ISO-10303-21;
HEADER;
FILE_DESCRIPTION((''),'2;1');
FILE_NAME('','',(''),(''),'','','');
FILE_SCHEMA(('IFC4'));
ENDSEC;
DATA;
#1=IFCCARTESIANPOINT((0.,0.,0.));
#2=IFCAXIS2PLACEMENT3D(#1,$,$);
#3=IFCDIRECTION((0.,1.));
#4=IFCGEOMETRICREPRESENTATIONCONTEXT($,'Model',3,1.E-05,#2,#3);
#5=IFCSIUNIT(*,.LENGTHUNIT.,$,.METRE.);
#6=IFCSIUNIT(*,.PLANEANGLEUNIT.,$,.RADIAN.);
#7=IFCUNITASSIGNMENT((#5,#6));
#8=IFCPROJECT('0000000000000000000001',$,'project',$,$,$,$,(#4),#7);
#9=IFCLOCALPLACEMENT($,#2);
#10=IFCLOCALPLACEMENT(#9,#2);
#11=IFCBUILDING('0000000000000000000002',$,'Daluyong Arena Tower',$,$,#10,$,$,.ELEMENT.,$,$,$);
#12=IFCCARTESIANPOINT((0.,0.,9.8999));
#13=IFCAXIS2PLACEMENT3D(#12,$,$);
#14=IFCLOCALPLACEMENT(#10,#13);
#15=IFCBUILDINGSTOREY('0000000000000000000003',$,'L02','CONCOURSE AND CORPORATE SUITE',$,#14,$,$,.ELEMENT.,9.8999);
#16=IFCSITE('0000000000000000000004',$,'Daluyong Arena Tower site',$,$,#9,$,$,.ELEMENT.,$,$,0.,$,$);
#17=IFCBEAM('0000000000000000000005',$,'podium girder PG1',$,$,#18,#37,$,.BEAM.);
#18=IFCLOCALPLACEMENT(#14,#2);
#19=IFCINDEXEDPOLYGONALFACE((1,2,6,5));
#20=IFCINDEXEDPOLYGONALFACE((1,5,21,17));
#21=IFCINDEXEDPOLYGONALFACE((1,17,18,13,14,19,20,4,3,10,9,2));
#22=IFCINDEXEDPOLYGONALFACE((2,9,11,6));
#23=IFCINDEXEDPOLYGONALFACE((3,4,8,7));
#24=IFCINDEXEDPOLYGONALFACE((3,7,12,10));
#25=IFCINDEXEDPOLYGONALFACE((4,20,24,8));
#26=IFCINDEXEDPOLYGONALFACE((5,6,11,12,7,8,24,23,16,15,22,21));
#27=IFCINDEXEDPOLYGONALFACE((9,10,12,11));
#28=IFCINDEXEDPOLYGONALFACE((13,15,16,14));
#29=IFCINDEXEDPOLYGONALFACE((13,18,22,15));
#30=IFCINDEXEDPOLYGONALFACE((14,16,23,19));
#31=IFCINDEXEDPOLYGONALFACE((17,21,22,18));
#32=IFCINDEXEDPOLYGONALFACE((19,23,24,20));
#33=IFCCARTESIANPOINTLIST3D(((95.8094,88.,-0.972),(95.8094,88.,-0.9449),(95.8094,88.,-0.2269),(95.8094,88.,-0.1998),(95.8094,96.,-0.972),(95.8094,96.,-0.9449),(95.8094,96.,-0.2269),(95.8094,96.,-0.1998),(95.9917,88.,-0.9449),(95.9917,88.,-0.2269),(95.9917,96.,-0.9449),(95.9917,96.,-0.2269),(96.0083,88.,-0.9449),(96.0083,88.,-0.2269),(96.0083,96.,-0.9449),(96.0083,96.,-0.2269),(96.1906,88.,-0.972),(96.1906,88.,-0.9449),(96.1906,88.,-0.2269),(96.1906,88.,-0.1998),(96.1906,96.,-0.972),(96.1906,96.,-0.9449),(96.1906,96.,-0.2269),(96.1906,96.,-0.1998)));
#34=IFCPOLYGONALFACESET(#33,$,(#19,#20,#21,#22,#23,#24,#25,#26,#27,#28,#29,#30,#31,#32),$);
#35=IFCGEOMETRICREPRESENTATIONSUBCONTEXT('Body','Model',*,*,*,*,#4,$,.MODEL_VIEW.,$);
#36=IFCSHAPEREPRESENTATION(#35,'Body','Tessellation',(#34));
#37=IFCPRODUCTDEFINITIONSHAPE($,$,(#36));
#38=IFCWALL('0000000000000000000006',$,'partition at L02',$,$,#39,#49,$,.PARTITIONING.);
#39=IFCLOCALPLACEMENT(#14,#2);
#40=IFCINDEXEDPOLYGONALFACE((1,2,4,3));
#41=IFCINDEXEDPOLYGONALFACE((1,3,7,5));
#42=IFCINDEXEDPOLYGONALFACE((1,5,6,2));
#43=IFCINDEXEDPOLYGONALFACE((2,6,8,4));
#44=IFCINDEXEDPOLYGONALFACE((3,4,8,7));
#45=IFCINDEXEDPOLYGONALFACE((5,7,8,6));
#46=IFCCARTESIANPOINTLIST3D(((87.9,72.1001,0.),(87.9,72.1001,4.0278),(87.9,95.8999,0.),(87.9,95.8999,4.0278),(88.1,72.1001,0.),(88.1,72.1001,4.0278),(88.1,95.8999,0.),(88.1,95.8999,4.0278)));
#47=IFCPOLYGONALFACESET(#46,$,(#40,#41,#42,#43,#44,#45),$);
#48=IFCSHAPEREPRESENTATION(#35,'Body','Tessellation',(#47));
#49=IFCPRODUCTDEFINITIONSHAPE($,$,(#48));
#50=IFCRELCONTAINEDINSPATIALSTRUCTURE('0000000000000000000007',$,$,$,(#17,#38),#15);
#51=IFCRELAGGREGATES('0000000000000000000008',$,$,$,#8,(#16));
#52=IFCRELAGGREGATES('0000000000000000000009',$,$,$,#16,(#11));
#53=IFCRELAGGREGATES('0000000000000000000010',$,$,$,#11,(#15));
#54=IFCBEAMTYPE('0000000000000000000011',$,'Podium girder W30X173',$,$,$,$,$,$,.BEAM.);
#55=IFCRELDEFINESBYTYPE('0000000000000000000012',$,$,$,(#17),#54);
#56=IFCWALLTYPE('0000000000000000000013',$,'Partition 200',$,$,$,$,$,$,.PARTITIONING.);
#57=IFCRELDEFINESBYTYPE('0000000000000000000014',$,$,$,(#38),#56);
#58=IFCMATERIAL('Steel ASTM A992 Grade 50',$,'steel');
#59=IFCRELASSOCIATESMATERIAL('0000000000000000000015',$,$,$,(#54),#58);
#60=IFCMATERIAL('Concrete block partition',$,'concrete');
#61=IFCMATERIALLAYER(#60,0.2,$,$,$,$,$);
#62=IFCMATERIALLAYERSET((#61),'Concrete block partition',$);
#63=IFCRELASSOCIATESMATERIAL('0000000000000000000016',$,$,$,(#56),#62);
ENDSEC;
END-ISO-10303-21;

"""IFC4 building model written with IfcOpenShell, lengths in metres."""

from ifc_helpers import new_model, si_unit, direction, frame, frame_2d, origin, origin_2d, place, context, subcontext, project, spatial, rectangle, i_section, extrude, material, layer, layer_set, material_profile, profile_set, type_object, element, save


model = new_model("IFC4")

# Units and contexts
model_context = context("Model", 3, precision=1e-05, world=origin(), true_north=direction((0.0, 1.0)))
body_context = subcontext(model_context, "Body", "Model", "MODEL_VIEW")
ifc_project = project(units=[si_unit("LENGTHUNIT", "METRE"), si_unit("PLANEANGLEUNIT", "RADIAN")], contexts=[model_context])

# Site, building, storey
site_placement = place(None, origin())
site = spatial("IfcSite", under=ifc_project, at=site_placement, Name="Daluyong Arena Tower site", CompositionType="ELEMENT", RefElevation=0.0)
building_placement = place(site_placement, origin())
building = spatial("IfcBuilding", under=site, at=building_placement, Name="Daluyong Arena Tower", CompositionType="ELEMENT")
storey_placement = place(building_placement, frame((0.0, 0.0, 9.8999)))
storey = spatial("IfcBuildingStorey", under=building, at=storey_placement, Name="L02", Description="CONCOURSE AND CORPORATE SUITE", CompositionType="ELEMENT", Elevation=9.8999)

# Beam
ifc_material_1 = material(Name="Steel ASTM A992 Grade 50", Category="steel")
ifc_material_profile_1 = material_profile(ifc_material_1, i_section(OverallWidth=0.3811, OverallDepth=0.7722, WebThickness=0.0166, FlangeThickness=0.0271, at=origin_2d()))
ifc_profile_set_1 = profile_set([ifc_material_profile_1], Name="Steel ASTM A992 Grade 50")
beam_type_1 = type_object("IfcBeamType", Name="Podium girder W30X173", PredefinedType="BEAM", material=ifc_profile_set_1)
for number, where, z_axis, x_axis, name in (
    (1, (96.0, 88.0, -0.5859), (0.0, 1.0, 0.0), (-1.0, 0.0, 0.0), "podium girder PG1"),
):
    element("IfcBeam", number, at=place(storey_placement, frame(where, z_axis=z_axis, x_axis=x_axis)), inside=storey, type_object=beam_type_1, Name=name, PredefinedType="BEAM", context=body_context, shape_type="SweptSolid", body=[
        extrude(i_section(OverallWidth=0.3811, OverallDepth=0.7722, WebThickness=0.0166, FlangeThickness=0.0271, at=origin_2d()), origin(), (0.0, 0.0, 1.0), 8.0),
    ])

# Wall
ifc_material_2 = material(Name="Concrete block partition", Category="concrete")
ifc_layer = layer(ifc_material_2, 0.2)
ifc_layer_set = layer_set([ifc_layer], Name="Concrete block partition")
wall_type = type_object("IfcWallType", Name="Partition 200", PredefinedType="PARTITIONING", material=ifc_layer_set)
wall_placement = place(storey_placement, frame((88.0, 72.1001, 0.0), z_axis=(0.0, 0.0, 1.0), x_axis=(0.0, 1.0, 0.0)))
element("IfcWall", 2, at=wall_placement, inside=storey, type_object=wall_type, Name="partition at L02", PredefinedType="PARTITIONING", context=body_context, shape_type="SweptSolid", body=[
    extrude(rectangle(XDim=23.7998, YDim=0.2, at=frame_2d((11.8999, 0.0))), origin(), (0.0, 0.0, 1.0), 4.0278),
])

save(model, "model.ifc")
